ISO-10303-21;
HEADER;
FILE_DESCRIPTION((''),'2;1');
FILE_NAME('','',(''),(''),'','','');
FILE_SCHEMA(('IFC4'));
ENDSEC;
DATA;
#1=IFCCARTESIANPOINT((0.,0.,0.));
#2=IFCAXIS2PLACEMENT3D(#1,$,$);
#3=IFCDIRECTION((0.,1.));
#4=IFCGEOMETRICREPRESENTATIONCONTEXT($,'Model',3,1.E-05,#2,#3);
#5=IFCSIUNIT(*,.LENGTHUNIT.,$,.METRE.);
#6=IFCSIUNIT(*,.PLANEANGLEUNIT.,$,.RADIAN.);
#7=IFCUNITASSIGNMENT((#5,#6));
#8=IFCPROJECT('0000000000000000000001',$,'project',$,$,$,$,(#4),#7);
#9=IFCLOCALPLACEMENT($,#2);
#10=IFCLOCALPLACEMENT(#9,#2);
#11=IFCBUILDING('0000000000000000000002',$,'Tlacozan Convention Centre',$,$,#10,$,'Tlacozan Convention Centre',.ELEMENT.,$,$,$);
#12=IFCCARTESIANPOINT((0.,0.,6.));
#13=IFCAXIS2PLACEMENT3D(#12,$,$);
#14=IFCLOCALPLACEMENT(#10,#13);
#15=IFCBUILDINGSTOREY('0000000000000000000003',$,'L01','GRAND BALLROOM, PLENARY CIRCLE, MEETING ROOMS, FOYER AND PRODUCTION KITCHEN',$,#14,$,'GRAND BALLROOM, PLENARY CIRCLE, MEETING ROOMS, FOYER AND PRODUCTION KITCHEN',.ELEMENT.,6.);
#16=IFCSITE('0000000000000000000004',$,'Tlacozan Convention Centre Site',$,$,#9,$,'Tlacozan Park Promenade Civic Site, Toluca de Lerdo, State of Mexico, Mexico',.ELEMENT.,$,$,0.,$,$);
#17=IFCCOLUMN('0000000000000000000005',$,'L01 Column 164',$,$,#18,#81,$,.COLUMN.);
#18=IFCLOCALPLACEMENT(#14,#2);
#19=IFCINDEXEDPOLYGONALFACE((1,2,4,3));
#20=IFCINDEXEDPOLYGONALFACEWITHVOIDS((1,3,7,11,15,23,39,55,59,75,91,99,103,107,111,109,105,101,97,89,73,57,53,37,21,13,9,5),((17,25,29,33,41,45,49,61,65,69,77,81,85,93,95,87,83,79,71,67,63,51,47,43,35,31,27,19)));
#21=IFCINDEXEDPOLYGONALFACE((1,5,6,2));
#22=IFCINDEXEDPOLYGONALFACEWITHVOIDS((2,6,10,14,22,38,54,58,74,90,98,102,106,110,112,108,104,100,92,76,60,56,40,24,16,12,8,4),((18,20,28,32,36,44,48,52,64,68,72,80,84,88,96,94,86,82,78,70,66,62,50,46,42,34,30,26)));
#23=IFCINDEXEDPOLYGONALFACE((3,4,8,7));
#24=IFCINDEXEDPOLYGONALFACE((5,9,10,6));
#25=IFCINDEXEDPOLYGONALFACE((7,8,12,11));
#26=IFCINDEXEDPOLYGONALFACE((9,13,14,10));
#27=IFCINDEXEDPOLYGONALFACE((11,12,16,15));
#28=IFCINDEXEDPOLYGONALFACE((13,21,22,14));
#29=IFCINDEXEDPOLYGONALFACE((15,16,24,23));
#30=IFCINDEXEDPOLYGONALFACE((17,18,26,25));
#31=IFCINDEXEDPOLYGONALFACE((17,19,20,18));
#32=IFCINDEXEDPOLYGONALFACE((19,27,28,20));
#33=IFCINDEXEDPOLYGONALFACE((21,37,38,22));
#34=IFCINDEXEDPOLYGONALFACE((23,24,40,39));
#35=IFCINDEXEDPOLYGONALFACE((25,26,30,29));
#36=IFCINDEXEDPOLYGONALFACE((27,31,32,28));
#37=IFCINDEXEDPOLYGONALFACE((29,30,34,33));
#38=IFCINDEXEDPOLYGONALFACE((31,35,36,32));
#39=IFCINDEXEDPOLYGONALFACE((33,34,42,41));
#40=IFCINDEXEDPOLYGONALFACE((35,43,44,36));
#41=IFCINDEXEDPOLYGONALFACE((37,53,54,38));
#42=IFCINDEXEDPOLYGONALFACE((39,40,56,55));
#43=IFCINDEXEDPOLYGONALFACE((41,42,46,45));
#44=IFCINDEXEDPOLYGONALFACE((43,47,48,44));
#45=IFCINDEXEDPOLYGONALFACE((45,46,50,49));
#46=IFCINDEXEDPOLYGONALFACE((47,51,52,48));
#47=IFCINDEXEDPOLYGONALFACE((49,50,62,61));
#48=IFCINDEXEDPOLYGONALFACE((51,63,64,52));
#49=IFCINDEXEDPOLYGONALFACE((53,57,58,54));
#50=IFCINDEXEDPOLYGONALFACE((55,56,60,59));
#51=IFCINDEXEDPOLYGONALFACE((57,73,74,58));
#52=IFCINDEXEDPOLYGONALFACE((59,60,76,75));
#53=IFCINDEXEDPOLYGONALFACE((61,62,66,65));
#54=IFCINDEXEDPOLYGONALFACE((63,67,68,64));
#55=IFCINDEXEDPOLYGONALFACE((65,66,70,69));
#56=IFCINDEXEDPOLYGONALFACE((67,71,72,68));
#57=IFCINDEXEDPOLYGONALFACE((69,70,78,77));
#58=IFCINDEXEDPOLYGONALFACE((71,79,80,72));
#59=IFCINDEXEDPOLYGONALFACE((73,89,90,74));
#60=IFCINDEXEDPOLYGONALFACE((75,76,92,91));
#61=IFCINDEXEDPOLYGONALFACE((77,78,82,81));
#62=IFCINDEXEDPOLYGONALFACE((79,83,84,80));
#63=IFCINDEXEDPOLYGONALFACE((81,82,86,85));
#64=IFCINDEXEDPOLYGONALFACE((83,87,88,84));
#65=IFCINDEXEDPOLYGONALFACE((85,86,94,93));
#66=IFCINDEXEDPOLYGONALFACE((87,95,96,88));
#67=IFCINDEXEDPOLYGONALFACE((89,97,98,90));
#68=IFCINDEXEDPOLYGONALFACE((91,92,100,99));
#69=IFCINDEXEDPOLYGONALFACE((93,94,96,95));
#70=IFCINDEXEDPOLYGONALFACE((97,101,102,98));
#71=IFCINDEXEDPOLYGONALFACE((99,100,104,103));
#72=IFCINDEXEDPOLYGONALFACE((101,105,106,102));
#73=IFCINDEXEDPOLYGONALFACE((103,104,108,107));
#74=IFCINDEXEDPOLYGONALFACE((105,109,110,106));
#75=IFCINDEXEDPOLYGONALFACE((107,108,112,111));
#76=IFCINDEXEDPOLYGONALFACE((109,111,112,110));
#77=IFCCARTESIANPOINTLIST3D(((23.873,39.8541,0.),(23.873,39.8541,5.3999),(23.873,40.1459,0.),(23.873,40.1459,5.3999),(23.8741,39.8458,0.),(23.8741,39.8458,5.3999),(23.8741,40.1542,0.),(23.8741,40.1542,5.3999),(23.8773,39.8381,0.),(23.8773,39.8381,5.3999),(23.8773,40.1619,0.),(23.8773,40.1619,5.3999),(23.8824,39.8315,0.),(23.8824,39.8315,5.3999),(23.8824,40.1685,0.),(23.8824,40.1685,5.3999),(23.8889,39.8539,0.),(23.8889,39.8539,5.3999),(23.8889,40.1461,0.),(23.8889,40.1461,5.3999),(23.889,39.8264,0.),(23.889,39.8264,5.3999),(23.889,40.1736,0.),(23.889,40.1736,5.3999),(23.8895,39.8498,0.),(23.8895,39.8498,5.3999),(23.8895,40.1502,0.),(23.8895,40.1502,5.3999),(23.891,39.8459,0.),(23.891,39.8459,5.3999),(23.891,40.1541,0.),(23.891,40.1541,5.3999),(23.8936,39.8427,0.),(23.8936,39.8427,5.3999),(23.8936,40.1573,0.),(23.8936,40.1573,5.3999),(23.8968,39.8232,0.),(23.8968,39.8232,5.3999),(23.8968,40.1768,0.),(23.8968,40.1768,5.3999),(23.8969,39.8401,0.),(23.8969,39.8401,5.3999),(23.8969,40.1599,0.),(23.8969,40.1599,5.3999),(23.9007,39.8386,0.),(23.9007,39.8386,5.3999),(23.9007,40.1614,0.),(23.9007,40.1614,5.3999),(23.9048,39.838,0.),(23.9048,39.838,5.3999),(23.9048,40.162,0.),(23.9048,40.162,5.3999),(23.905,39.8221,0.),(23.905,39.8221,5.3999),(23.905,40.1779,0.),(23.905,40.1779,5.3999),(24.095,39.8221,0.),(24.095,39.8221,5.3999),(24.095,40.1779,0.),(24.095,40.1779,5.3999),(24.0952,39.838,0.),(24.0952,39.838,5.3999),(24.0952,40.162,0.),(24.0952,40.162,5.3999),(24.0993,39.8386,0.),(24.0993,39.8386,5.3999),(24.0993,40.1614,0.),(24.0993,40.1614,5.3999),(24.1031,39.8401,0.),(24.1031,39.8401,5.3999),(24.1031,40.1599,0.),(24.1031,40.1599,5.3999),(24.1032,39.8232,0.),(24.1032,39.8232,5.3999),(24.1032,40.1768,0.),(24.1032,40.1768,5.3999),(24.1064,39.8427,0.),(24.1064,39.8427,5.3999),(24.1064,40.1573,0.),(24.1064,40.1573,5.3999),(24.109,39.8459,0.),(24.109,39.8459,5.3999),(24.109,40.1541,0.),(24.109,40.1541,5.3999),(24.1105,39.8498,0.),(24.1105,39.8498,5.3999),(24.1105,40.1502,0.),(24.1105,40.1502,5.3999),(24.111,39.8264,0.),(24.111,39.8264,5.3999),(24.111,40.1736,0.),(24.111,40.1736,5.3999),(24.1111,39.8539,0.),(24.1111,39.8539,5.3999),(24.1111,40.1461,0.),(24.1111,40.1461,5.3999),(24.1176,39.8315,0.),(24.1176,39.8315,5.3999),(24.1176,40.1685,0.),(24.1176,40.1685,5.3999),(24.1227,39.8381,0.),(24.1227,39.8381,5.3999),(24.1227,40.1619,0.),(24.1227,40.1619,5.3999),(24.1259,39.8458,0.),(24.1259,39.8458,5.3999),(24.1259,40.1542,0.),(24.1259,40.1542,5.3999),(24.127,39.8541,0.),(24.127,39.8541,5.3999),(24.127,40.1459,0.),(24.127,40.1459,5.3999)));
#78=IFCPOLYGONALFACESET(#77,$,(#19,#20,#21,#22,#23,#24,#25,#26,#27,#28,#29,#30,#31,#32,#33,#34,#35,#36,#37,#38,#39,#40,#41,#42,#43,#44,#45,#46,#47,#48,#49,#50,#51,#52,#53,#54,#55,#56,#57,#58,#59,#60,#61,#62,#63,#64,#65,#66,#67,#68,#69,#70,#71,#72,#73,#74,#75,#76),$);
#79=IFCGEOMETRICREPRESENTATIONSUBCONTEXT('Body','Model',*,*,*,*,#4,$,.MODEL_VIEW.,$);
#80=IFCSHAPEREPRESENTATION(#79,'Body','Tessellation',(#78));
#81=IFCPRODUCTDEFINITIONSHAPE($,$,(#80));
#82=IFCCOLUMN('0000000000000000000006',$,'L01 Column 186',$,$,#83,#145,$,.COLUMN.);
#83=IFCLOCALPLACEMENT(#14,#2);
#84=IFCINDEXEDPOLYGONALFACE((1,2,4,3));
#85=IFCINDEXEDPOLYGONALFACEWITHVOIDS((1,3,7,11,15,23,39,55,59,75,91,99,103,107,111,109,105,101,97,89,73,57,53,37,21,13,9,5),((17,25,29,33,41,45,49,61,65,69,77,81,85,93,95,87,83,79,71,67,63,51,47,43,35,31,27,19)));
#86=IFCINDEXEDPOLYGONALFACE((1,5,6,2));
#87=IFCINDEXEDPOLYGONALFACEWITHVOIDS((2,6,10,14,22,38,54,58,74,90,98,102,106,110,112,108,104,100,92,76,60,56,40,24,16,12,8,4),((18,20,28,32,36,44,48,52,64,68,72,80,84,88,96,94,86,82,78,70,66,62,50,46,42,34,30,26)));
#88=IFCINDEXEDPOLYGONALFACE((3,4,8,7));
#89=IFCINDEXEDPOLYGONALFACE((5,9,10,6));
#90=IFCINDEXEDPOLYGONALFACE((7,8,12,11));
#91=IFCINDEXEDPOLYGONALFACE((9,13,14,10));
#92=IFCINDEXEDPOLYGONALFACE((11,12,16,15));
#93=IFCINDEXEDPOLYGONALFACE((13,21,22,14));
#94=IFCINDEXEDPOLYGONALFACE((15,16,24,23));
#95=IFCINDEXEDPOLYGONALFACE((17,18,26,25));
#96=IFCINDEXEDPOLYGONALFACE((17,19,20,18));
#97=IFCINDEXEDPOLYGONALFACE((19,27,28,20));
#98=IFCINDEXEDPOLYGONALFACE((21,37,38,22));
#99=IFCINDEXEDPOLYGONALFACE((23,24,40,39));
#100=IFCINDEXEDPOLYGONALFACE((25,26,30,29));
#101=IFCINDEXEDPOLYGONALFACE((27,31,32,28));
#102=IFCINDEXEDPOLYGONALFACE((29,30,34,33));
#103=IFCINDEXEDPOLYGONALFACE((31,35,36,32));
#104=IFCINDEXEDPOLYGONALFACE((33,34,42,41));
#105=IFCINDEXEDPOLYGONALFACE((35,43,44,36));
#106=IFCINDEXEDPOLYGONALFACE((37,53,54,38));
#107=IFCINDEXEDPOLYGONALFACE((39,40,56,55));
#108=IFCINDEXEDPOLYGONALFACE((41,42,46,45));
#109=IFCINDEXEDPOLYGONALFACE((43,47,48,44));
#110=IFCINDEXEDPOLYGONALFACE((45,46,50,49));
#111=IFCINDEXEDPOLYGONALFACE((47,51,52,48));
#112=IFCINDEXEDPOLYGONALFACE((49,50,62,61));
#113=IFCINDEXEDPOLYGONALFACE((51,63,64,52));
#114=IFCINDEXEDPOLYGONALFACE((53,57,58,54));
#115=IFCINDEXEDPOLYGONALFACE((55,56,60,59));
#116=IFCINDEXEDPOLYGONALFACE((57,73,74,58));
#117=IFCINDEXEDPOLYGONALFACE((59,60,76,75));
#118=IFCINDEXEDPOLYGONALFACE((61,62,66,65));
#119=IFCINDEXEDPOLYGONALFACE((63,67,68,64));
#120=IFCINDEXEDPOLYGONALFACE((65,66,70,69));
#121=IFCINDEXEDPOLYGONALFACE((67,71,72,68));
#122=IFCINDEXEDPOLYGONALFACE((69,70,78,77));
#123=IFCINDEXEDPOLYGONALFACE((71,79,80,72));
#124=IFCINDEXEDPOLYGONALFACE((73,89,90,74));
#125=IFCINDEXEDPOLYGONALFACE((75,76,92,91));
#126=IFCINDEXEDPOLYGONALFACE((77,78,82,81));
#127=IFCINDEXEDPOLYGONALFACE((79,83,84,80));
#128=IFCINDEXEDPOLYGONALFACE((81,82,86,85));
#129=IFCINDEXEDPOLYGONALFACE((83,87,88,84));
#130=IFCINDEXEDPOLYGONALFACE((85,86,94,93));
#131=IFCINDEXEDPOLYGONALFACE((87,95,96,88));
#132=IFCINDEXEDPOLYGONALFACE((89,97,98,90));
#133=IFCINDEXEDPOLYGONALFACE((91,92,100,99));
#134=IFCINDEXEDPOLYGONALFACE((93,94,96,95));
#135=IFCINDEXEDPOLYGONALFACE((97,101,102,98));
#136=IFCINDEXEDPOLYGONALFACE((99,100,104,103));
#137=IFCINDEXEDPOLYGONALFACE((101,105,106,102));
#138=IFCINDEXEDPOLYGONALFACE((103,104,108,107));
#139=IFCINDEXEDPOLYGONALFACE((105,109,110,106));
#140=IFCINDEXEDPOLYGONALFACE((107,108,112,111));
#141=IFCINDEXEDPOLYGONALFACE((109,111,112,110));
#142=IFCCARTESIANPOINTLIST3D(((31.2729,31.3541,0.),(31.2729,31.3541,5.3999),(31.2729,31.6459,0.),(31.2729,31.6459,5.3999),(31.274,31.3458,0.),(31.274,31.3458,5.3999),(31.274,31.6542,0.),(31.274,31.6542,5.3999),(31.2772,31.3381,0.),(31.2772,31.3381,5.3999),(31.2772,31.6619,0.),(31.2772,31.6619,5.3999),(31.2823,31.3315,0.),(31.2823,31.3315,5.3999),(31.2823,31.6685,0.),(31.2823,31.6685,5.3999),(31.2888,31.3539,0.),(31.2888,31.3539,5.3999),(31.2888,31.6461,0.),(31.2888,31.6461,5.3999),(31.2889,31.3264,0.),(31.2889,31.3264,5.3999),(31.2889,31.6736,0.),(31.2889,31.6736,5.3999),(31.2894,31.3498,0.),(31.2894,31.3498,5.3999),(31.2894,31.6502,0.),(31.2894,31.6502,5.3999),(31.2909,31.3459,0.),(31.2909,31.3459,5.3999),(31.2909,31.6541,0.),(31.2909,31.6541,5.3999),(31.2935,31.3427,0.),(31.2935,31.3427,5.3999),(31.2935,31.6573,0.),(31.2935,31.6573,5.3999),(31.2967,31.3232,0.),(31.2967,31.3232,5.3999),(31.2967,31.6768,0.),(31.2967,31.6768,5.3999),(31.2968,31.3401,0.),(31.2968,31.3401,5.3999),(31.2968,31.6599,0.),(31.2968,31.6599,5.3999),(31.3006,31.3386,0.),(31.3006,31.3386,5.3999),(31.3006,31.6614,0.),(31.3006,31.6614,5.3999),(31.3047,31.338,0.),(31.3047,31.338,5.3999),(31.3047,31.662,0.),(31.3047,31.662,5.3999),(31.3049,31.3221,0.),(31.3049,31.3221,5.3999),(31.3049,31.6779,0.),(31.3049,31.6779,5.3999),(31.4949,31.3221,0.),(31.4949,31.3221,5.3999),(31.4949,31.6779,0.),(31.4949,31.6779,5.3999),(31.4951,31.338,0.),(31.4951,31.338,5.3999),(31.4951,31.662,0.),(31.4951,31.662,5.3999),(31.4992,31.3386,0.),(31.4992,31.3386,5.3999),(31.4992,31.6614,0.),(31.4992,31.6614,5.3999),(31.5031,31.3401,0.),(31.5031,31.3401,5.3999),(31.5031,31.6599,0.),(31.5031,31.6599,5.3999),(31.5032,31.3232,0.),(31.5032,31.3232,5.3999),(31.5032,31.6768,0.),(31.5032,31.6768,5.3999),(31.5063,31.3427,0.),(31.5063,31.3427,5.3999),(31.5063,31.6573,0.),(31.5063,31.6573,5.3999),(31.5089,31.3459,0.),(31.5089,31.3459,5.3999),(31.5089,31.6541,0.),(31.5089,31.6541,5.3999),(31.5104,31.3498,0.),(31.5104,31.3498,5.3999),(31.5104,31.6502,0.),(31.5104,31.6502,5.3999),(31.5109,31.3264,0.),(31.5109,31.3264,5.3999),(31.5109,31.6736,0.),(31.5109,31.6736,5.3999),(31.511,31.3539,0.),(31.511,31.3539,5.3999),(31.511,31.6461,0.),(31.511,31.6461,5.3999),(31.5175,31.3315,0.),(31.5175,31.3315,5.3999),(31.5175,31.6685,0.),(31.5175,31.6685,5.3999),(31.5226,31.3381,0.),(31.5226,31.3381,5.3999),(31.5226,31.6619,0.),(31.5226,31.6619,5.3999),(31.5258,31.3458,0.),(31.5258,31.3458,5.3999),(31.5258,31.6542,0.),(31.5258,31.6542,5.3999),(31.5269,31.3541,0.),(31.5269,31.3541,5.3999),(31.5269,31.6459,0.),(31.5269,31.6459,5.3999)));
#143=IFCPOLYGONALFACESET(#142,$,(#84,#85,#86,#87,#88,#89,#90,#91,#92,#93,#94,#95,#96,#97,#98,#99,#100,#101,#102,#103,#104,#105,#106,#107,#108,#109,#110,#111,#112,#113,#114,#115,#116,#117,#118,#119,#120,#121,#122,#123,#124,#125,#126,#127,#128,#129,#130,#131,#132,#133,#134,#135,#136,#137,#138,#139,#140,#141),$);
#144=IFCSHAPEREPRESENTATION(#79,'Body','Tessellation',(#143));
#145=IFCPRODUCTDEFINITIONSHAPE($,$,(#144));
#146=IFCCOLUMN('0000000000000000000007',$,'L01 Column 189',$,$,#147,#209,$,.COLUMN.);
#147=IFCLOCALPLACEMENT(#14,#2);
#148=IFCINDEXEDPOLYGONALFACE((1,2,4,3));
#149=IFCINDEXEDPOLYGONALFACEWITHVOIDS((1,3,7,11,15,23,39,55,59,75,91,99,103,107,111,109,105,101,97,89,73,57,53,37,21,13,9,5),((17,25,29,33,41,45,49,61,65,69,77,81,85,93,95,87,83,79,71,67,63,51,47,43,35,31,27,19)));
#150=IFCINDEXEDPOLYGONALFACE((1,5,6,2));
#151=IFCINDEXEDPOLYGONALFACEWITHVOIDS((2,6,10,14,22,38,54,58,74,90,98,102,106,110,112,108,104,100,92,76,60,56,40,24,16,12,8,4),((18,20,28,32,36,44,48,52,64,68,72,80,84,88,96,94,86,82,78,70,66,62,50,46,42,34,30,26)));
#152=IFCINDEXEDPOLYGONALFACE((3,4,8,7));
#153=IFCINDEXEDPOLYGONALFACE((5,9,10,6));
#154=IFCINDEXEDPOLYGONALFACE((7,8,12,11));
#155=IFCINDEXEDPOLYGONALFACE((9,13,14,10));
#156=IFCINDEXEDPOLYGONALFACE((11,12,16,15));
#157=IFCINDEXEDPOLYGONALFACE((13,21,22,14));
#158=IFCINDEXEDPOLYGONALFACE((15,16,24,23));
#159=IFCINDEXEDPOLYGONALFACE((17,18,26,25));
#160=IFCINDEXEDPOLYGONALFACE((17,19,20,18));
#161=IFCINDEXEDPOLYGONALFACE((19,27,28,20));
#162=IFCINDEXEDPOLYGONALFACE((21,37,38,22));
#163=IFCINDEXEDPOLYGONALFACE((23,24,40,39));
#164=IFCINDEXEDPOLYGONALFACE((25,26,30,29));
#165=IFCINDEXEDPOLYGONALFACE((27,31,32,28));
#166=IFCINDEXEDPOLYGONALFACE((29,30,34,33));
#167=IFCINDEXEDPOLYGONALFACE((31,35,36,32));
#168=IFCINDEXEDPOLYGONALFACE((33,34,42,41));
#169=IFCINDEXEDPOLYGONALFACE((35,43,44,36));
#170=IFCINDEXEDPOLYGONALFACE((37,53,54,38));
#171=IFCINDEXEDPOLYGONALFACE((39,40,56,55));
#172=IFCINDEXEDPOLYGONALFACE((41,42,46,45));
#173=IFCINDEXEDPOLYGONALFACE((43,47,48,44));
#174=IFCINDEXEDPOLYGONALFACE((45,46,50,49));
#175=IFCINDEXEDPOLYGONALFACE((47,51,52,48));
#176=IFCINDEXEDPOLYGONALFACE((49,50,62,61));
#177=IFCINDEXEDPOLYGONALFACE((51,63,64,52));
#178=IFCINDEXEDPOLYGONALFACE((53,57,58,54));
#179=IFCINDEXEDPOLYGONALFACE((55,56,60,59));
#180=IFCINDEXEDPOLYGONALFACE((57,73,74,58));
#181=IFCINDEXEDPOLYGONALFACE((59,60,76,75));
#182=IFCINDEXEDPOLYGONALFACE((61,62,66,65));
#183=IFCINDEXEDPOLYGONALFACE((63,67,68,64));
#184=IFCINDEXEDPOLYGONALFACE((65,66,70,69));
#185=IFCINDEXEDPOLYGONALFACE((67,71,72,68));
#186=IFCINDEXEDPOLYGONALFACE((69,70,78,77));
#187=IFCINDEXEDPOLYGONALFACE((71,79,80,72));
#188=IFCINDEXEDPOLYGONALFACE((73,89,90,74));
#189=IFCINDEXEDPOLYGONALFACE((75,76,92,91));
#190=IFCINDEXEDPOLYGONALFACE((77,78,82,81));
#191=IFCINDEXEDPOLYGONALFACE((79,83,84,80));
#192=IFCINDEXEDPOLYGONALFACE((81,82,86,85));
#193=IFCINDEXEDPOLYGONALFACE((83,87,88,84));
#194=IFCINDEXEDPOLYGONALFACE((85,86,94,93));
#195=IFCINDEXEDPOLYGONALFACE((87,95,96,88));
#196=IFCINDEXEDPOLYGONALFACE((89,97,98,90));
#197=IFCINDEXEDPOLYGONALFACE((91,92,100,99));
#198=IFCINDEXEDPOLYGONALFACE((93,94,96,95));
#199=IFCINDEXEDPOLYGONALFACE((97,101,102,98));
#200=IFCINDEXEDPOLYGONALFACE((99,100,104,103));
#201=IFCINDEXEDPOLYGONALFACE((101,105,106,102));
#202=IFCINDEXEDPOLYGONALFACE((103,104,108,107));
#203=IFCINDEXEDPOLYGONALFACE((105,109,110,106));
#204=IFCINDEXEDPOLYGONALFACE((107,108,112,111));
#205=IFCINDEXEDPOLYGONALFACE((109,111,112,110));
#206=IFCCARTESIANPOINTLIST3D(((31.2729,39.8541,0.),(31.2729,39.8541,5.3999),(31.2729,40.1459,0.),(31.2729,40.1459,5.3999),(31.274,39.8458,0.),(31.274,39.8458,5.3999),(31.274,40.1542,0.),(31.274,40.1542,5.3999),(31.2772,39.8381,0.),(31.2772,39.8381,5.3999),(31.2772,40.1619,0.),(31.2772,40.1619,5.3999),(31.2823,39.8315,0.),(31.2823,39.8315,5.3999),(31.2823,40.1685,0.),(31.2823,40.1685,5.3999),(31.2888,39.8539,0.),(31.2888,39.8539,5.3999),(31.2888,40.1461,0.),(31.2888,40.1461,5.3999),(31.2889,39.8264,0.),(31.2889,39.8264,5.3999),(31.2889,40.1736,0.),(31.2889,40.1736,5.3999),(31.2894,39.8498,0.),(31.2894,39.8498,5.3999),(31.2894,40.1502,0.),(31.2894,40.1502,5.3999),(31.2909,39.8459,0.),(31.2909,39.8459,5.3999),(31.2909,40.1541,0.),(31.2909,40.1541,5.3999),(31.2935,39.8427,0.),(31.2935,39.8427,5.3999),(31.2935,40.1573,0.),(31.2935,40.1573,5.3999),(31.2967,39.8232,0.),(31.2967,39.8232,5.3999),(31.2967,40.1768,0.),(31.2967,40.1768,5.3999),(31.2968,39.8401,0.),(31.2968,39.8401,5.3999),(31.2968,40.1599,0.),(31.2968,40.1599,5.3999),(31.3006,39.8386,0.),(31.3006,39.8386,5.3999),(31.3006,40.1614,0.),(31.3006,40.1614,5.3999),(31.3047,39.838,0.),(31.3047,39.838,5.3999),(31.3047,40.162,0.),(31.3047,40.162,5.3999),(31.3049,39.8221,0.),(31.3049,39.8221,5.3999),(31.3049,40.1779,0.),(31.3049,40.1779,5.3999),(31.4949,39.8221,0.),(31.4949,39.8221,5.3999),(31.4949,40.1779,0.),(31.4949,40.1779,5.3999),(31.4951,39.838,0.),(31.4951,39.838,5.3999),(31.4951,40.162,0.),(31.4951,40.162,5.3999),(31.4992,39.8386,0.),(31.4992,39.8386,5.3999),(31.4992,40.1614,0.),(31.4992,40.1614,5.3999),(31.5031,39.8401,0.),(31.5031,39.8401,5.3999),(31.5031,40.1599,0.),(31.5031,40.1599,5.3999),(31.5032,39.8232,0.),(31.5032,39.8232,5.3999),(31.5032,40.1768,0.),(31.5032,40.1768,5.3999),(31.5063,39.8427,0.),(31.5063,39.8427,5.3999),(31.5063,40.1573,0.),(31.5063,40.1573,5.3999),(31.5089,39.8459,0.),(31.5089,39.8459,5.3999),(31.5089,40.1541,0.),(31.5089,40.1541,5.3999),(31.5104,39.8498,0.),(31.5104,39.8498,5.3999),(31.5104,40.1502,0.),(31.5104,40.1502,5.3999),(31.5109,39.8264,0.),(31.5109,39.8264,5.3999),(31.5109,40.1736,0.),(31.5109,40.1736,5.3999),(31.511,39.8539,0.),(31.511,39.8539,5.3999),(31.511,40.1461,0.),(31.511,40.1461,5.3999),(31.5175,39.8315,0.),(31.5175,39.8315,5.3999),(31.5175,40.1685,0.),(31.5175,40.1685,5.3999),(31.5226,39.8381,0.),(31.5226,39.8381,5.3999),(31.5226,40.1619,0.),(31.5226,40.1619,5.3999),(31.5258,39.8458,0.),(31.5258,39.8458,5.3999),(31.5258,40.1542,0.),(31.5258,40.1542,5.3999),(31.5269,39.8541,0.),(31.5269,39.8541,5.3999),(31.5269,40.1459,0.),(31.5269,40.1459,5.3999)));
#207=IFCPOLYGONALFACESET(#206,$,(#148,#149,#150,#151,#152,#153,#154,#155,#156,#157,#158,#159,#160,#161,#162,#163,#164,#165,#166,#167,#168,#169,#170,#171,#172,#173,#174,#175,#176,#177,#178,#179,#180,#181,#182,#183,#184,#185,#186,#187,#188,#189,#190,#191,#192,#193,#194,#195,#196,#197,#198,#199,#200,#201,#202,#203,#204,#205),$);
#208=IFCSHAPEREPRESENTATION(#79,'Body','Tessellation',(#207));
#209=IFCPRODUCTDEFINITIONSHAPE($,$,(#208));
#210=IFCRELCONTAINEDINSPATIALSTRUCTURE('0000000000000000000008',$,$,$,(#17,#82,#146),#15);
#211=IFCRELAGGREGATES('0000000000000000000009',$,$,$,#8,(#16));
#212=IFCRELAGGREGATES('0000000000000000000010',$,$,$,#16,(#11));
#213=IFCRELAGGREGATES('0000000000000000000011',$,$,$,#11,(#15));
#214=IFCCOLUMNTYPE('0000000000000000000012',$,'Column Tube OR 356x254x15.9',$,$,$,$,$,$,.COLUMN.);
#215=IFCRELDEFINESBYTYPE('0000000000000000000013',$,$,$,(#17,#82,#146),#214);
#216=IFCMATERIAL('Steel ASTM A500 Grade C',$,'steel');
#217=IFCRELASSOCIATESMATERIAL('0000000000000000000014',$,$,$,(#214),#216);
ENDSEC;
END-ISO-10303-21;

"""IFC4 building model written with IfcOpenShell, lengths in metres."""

from ifc_helpers import new_model, si_unit, direction, frame, origin, origin_2d, place, context, subcontext, project, spatial, hollow_rectangle, extrude, material, material_profile, profile_set, type_object, element, save


model = new_model("IFC4")

# Units and contexts
model_context = context("Model", 3, precision=1e-05, world=origin(), true_north=direction((0.0, 1.0)))
body_context = subcontext(model_context, "Body", "Model", "MODEL_VIEW")
ifc_project = project(units=[si_unit("LENGTHUNIT", "METRE"), si_unit("PLANEANGLEUNIT", "RADIAN")], contexts=[model_context])

# Site, building, storey
site_placement = place(None, origin())
site = spatial("IfcSite", under=ifc_project, at=site_placement, Name="Tlacozan Convention Centre Site", LongName="Tlacozan Park Promenade Civic Site, Toluca de Lerdo, State of Mexico, Mexico", CompositionType="ELEMENT", RefElevation=0.0)
building_placement = place(site_placement, origin())
building = spatial("IfcBuilding", under=site, at=building_placement, Name="Tlacozan Convention Centre", LongName="Tlacozan Convention Centre", CompositionType="ELEMENT")
storey_placement = place(building_placement, frame((0.0, 0.0, 6.0)))
storey = spatial("IfcBuildingStorey", under=building, at=storey_placement, Name="L01", Description="GRAND BALLROOM, PLENARY CIRCLE, MEETING ROOMS, FOYER AND PRODUCTION KITCHEN", LongName="GRAND BALLROOM, PLENARY CIRCLE, MEETING ROOMS, FOYER AND PRODUCTION KITCHEN", CompositionType="ELEMENT", Elevation=6.0)

# Columns
ifc_material_1 = material(Name="Steel ASTM A500 Grade C", Category="steel")
ifc_material_profile_1 = material_profile(ifc_material_1, hollow_rectangle(XDim=0.2539, YDim=0.3557, WallThickness=0.0159, InnerFilletRadius=0.0159, OuterFilletRadius=0.032, at=origin_2d()), Name="OR 356x254x15.9")
ifc_profile_set_1 = profile_set([ifc_material_profile_1], Name="Steel ASTM A500 Grade C")
column_type_1 = type_object("IfcColumnType", Name="Column Tube OR 356x254x15.9", PredefinedType="COLUMN", material=ifc_profile_set_1)
for number, where, z_axis, x_axis, name in (
    (1, (24.0, 40.0, 0.0), (0.0, 0.0, 1.0), (1.0, 0.0, 0.0), "L01 Column 164"),
    (2, (31.3999, 31.5, 0.0), (0.0, 0.0, 1.0), (1.0, 0.0, 0.0), "L01 Column 186"),
    (3, (31.3999, 40.0, 0.0), (0.0, 0.0, 1.0), (1.0, 0.0, 0.0), "L01 Column 189"),
):
    element("IfcColumn", number, at=place(storey_placement, frame(where, z_axis=z_axis, x_axis=x_axis)), inside=storey, type_object=column_type_1, Name=name, PredefinedType="COLUMN", context=body_context, shape_type="SweptSolid", body=[
        extrude(hollow_rectangle(XDim=0.2539, YDim=0.3557, WallThickness=0.0159, InnerFilletRadius=0.0159, OuterFilletRadius=0.032, at=origin_2d()), origin(), (0.0, 0.0, 1.0), 5.3999),
    ])

save(model, "model.ifc")
